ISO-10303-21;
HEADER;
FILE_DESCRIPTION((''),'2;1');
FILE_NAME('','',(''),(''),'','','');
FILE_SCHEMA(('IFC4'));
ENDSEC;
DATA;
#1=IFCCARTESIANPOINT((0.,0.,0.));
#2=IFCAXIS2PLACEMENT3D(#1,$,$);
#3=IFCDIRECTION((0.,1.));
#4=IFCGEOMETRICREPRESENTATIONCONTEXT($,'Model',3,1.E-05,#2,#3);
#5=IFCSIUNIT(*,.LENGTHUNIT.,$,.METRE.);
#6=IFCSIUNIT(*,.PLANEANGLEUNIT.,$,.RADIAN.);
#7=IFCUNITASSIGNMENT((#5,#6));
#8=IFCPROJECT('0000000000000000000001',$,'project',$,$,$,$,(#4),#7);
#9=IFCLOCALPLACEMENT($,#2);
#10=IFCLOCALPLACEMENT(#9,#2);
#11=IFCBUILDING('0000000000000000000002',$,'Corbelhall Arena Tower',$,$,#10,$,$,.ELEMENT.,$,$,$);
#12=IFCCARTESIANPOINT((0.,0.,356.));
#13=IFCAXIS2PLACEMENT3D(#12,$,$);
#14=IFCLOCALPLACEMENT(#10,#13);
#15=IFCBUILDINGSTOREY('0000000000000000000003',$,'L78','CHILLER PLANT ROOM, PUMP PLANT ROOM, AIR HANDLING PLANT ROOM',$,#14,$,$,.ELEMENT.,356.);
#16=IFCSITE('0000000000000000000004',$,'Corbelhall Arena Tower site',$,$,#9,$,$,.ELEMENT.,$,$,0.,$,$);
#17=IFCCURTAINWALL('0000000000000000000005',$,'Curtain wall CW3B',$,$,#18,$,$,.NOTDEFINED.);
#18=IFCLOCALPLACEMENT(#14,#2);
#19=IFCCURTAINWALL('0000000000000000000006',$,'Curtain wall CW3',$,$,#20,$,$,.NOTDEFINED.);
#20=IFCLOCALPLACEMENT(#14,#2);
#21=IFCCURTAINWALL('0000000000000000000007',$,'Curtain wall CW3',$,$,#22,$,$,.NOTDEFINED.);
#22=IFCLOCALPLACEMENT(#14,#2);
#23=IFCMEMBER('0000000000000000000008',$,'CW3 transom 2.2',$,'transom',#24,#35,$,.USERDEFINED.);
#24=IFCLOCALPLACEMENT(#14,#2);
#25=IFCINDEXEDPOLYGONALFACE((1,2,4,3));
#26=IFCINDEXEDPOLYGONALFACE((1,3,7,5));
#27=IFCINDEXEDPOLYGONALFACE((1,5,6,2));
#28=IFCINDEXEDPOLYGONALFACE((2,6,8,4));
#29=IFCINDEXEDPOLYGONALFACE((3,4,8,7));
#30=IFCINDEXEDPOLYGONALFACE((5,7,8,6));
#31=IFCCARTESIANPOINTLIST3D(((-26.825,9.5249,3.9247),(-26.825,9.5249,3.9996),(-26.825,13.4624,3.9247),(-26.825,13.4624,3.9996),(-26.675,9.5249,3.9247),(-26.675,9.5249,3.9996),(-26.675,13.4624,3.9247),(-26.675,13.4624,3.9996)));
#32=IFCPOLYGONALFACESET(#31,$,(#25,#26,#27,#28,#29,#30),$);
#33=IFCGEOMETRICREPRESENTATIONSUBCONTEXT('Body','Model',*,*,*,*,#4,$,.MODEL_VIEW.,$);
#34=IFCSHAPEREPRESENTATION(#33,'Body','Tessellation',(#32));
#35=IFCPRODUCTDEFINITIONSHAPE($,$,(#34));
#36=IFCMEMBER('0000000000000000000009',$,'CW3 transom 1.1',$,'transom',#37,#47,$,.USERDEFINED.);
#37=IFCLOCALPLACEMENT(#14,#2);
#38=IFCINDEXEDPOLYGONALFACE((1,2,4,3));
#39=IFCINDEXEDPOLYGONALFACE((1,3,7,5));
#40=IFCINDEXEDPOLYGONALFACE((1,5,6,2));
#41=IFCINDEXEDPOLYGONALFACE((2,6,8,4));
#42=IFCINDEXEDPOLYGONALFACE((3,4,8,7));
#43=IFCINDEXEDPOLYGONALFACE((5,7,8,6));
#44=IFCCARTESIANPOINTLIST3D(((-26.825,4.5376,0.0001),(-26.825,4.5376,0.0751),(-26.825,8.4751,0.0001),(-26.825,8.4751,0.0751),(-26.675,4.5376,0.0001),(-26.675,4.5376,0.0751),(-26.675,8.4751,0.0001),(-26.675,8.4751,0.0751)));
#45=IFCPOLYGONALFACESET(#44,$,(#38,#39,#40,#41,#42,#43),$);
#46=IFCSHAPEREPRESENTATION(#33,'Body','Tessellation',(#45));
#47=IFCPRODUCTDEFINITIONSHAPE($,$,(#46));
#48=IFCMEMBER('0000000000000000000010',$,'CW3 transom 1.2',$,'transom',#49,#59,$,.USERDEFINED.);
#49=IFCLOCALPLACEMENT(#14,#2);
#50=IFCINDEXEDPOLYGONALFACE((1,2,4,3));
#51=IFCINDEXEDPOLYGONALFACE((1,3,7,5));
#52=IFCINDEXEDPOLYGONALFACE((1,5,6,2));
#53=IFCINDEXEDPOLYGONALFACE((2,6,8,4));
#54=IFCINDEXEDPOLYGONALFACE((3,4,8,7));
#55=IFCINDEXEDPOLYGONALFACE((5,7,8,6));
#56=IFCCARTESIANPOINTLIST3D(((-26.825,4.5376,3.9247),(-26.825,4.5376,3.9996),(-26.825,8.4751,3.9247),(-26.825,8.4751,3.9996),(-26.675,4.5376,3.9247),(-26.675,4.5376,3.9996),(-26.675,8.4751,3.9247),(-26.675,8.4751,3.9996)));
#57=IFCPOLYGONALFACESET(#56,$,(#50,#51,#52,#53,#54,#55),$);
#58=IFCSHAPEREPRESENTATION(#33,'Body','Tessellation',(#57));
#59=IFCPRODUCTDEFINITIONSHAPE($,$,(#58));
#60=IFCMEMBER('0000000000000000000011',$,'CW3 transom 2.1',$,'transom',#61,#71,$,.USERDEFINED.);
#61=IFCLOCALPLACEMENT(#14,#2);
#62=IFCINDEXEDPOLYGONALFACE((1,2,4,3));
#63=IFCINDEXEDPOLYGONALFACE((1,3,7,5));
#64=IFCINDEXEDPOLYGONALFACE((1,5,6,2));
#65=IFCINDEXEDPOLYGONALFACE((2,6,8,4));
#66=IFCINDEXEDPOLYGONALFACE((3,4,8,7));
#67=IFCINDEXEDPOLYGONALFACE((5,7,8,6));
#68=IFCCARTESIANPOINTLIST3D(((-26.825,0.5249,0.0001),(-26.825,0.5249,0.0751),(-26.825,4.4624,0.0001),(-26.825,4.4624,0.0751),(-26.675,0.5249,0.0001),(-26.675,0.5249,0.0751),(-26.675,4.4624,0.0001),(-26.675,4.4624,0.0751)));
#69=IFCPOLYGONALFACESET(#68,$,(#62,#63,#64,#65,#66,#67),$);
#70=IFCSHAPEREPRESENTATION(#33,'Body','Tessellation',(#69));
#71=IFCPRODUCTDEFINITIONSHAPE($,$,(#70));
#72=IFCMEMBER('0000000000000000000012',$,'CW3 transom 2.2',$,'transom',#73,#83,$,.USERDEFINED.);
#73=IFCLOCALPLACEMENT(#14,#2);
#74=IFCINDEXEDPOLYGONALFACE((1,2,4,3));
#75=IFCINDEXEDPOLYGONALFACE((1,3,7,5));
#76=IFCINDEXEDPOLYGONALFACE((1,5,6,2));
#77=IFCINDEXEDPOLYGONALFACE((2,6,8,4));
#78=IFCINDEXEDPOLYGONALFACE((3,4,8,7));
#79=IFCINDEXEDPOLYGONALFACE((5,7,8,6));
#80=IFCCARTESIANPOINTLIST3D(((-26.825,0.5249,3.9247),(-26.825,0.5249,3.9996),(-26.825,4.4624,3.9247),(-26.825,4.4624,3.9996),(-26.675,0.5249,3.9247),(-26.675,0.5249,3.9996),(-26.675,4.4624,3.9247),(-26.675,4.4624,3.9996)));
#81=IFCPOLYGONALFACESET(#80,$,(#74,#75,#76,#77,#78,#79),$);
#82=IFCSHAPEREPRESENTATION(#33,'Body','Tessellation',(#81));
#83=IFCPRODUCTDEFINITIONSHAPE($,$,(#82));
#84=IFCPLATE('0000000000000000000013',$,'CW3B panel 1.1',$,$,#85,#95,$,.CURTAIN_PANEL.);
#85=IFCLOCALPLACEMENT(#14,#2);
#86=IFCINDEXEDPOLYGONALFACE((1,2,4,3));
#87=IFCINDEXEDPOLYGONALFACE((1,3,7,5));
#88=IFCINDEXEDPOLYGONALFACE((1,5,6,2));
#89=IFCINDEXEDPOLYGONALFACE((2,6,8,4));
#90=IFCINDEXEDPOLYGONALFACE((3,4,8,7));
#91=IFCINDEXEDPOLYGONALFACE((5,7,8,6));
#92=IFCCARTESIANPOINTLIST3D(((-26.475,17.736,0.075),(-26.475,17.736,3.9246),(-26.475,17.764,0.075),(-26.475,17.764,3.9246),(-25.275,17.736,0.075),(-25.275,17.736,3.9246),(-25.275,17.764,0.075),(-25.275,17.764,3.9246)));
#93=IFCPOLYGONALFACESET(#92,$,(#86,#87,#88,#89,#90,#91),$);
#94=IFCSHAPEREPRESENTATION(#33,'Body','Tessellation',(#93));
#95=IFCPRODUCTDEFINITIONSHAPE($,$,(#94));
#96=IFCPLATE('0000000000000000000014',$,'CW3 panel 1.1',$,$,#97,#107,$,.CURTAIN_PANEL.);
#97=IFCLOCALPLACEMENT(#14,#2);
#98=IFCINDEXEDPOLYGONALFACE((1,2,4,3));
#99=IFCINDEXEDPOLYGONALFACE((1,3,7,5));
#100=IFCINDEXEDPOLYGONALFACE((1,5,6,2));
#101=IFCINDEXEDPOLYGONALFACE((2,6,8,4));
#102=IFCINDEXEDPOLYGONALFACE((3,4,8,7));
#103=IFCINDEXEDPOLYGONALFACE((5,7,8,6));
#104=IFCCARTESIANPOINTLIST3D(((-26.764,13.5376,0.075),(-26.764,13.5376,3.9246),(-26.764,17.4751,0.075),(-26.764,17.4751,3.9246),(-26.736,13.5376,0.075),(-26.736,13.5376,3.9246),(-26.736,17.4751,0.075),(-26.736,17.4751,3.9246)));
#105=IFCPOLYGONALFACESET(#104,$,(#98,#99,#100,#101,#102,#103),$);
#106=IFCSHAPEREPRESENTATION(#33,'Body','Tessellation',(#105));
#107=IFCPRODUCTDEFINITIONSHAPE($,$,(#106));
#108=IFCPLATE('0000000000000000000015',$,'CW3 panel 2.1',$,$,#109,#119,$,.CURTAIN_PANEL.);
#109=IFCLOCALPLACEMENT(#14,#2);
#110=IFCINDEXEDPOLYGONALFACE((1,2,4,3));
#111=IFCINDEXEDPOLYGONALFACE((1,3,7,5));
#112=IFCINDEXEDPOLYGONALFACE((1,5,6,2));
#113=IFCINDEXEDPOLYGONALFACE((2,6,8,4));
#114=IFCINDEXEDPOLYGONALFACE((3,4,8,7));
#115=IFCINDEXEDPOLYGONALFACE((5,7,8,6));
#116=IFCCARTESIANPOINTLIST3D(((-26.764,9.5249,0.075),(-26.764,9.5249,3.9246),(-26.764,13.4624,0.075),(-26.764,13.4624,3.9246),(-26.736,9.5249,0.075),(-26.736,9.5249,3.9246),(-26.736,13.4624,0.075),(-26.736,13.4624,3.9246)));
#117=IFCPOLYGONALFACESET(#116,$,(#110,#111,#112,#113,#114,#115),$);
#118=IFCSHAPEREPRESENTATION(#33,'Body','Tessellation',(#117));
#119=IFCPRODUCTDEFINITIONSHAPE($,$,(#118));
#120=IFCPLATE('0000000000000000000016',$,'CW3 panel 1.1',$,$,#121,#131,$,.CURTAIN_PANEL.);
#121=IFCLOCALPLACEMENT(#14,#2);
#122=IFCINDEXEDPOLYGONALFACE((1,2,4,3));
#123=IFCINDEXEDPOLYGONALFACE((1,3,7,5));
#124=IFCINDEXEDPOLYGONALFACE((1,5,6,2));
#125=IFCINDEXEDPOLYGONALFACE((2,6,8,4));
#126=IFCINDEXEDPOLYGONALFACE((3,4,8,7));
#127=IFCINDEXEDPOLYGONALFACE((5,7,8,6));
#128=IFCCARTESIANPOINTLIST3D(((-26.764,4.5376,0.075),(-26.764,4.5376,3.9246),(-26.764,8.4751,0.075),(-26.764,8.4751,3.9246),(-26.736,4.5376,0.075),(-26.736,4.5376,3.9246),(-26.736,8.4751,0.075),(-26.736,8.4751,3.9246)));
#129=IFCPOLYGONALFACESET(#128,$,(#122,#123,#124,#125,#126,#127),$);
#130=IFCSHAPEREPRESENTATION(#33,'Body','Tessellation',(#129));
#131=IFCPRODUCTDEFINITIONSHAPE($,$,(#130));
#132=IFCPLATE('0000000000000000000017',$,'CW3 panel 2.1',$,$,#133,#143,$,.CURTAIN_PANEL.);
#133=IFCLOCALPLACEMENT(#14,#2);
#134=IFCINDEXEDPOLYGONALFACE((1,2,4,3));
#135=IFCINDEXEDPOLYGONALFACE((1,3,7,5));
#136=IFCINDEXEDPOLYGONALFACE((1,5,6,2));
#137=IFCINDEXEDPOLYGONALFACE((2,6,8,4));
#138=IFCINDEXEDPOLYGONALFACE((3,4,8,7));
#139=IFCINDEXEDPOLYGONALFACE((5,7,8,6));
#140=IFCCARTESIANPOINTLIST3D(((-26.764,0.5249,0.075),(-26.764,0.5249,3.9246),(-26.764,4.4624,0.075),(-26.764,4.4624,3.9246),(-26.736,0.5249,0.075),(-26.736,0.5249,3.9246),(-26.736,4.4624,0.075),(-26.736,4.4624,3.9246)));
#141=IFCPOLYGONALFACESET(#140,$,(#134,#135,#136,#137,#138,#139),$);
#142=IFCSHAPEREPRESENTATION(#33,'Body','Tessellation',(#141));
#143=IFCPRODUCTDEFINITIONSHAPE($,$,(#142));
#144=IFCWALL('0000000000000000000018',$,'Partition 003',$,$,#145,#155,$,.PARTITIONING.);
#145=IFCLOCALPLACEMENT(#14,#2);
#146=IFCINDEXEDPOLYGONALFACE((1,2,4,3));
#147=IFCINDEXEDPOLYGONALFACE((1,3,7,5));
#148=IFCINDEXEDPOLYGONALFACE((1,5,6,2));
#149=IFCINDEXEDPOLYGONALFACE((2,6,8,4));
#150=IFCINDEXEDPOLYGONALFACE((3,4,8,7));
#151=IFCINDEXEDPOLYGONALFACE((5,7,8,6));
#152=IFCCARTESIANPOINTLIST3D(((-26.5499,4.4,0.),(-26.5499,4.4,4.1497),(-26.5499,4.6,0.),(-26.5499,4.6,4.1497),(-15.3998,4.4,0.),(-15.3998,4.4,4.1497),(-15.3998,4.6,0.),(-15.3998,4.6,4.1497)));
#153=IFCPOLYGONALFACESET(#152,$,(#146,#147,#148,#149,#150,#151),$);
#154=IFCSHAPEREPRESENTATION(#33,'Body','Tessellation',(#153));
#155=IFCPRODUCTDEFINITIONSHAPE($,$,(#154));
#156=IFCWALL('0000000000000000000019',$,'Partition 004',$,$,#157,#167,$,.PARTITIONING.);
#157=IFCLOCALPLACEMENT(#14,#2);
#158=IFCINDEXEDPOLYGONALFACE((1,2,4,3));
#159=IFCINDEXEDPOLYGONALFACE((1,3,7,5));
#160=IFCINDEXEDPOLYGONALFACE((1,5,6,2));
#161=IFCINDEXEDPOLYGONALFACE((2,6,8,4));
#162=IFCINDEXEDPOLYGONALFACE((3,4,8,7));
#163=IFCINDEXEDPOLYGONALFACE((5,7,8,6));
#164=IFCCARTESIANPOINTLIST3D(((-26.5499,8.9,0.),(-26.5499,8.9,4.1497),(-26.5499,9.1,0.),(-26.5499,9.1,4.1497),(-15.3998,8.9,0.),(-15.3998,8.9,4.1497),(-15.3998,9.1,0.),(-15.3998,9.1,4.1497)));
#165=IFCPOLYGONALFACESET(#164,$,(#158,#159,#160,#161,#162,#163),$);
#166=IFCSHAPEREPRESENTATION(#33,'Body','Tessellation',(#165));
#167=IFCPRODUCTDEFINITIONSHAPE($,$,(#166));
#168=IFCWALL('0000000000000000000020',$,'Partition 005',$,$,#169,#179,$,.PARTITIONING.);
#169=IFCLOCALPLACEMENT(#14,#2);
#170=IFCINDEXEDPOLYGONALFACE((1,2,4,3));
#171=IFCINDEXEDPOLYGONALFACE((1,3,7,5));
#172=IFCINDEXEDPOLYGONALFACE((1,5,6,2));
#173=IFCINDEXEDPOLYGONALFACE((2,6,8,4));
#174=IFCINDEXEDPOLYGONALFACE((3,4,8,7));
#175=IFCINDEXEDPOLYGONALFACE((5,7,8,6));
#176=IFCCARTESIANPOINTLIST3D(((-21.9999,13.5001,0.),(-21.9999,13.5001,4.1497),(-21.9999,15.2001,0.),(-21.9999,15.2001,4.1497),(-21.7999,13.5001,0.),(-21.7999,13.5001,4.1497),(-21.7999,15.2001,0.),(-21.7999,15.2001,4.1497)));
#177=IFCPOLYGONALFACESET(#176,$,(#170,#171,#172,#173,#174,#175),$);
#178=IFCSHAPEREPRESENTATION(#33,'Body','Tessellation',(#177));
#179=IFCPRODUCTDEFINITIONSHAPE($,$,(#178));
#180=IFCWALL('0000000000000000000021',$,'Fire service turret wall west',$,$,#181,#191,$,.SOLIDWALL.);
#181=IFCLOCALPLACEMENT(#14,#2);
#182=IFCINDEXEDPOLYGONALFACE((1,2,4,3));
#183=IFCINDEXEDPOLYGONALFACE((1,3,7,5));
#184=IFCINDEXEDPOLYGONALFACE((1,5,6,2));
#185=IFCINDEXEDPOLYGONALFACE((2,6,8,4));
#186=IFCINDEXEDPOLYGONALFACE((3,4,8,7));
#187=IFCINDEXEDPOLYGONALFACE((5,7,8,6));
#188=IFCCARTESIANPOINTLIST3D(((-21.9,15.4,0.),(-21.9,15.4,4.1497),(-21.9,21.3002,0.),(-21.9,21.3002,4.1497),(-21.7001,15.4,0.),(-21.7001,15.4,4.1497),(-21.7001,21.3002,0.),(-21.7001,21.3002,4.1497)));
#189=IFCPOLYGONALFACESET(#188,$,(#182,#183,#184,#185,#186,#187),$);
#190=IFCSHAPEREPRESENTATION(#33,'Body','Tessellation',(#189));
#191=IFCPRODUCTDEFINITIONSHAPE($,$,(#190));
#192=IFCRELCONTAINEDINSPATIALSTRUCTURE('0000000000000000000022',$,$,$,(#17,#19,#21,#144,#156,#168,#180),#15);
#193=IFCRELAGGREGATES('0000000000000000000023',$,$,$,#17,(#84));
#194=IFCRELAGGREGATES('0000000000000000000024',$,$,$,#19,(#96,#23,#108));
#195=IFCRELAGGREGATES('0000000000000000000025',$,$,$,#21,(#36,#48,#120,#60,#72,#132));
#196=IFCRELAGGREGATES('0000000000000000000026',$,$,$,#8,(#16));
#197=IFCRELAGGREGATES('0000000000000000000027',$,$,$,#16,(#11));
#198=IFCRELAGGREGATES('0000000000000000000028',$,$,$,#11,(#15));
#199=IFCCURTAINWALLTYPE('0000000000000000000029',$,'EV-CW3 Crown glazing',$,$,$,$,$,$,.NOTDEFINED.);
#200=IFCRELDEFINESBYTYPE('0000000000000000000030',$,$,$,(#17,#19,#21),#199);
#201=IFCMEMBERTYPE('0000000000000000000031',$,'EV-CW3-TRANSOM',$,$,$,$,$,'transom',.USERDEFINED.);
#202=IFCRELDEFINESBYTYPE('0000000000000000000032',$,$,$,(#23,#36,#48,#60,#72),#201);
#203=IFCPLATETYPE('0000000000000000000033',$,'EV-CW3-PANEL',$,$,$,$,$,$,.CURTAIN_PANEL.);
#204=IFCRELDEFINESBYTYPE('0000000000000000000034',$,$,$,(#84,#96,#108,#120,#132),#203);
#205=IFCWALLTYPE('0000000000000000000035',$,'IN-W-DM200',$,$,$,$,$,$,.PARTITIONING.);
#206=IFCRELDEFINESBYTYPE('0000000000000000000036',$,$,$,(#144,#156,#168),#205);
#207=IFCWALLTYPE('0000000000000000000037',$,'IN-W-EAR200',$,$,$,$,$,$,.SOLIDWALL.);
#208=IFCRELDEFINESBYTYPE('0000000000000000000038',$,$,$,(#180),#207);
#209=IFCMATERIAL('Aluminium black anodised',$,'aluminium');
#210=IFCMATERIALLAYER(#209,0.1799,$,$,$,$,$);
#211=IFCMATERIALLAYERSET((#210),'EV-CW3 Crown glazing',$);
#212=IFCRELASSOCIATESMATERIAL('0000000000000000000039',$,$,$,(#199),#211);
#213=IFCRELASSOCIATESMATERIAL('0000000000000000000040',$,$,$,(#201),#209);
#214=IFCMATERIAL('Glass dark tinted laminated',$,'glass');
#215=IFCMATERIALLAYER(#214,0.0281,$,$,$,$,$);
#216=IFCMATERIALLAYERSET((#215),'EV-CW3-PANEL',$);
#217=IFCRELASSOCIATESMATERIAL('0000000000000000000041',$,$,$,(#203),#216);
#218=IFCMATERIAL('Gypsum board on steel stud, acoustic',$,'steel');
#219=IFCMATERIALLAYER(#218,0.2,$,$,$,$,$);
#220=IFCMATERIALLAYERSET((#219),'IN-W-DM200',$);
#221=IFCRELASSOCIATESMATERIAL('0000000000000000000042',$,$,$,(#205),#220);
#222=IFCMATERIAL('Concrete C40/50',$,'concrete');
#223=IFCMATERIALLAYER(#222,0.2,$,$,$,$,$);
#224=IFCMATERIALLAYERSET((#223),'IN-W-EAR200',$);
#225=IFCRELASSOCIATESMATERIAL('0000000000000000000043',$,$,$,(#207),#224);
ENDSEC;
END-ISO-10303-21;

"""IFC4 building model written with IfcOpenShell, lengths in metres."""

from ifc_helpers import new_model, si_unit, direction, frame, frame_2d, origin, origin_2d, place, context, subcontext, project, spatial, rectangle, extrude, material, layer, layer_set, material_profile, profile_set, type_object, element, aggregate, save


model = new_model("IFC4")

# Units and contexts
model_context = context("Model", 3, precision=1e-05, world=origin(), true_north=direction((0.0, 1.0)))
body_context = subcontext(model_context, "Body", "Model", "MODEL_VIEW")
ifc_project = project(units=[si_unit("LENGTHUNIT", "METRE"), si_unit("PLANEANGLEUNIT", "RADIAN")], contexts=[model_context])

# Site, building, storey
site_placement = place(None, origin())
site = spatial("IfcSite", under=ifc_project, at=site_placement, Name="Corbelhall Arena Tower site", CompositionType="ELEMENT", RefElevation=0.0)
building_placement = place(site_placement, origin())
building = spatial("IfcBuilding", under=site, at=building_placement, Name="Corbelhall Arena Tower", CompositionType="ELEMENT")
storey_placement = place(building_placement, frame((0.0, 0.0, 356.0)))
storey = spatial("IfcBuildingStorey", under=building, at=storey_placement, Name="L78", Description="CHILLER PLANT ROOM, PUMP PLANT ROOM, AIR HANDLING PLANT ROOM", CompositionType="ELEMENT", Elevation=356.0)

# Curtain wall
ifc_material_1 = material(Name="Aluminium black anodised", Category="aluminium")
ifc_layer_1 = layer(ifc_material_1, 0.1799)
ifc_layer_set_1 = layer_set([ifc_layer_1], Name="EV-CW3 Crown glazing")
curtain_wall_type = type_object("IfcCurtainWallType", Name="EV-CW3 Crown glazing", PredefinedType="NOTDEFINED", material=ifc_layer_set_1)
curtain_wall_1_placement = place(storey_placement, origin())
curtain_wall_1 = element("IfcCurtainWall", 1, at=curtain_wall_1_placement, inside=storey, type_object=curtain_wall_type, Name="Curtain wall CW3B", PredefinedType="NOTDEFINED")

# Curtain walls
curtain_wall_2_placement = place(storey_placement, origin())
curtain_wall_2 = element("IfcCurtainWall", 2, at=curtain_wall_2_placement, inside=storey, type_object=curtain_wall_type, Name="Curtain wall CW3", PredefinedType="NOTDEFINED")
curtain_wall_3_placement = place(storey_placement, origin())
curtain_wall_3 = element("IfcCurtainWall", 3, at=curtain_wall_3_placement, inside=storey, type_object=curtain_wall_type, Name="Curtain wall CW3", PredefinedType="NOTDEFINED")

# Members
ifc_material_profile_1 = material_profile(ifc_material_1, rectangle(XDim=0.1499, YDim=0.075, at=origin_2d()))
ifc_profile_set_1 = profile_set([ifc_material_profile_1], Name="Aluminium black anodised")
member_type_1 = type_object("IfcMemberType", Name="EV-CW3-TRANSOM", ElementType="transom", PredefinedType="USERDEFINED", material=ifc_profile_set_1)
member_1_placement = place(storey_placement, frame((-26.75, 13.4624, 3.9622), z_axis=(0.0, -1.0, 0.0), x_axis=(1.0, 0.0, 0.0)))
member_1 = element("IfcMember", 4, at=member_1_placement, type_object=member_type_1, Name="CW3 transom 2.2", ObjectType="transom", PredefinedType="USERDEFINED", context=body_context, shape_type="SweptSolid", body=[
    extrude(rectangle(XDim=0.1499, YDim=0.075, at=origin_2d()), origin(), (0.0, 0.0, 1.0), 3.9375),
])
member_2_placement = place(storey_placement, frame((-26.75, 8.4751, 0.0376), z_axis=(0.0, -1.0, 0.0), x_axis=(1.0, 0.0, 0.0)))
member_2 = element("IfcMember", 5, at=member_2_placement, type_object=member_type_1, Name="CW3 transom 1.1", ObjectType="transom", PredefinedType="USERDEFINED", context=body_context, shape_type="SweptSolid", body=[
    extrude(rectangle(XDim=0.1499, YDim=0.075, at=origin_2d()), origin(), (0.0, 0.0, 1.0), 3.9375),
])
member_3_placement = place(storey_placement, frame((-26.75, 8.4751, 3.9622), z_axis=(0.0, -1.0, 0.0), x_axis=(1.0, 0.0, 0.0)))
member_3 = element("IfcMember", 6, at=member_3_placement, type_object=member_type_1, Name="CW3 transom 1.2", ObjectType="transom", PredefinedType="USERDEFINED", context=body_context, shape_type="SweptSolid", body=[
    extrude(rectangle(XDim=0.1499, YDim=0.075, at=origin_2d()), origin(), (0.0, 0.0, 1.0), 3.9375),
])
member_4_placement = place(storey_placement, frame((-26.75, 4.4624, 0.0376), z_axis=(0.0, -1.0, 0.0), x_axis=(1.0, 0.0, 0.0)))
member_4 = element("IfcMember", 7, at=member_4_placement, type_object=member_type_1, Name="CW3 transom 2.1", ObjectType="transom", PredefinedType="USERDEFINED", context=body_context, shape_type="SweptSolid", body=[
    extrude(rectangle(XDim=0.1499, YDim=0.075, at=origin_2d()), origin(), (0.0, 0.0, 1.0), 3.9375),
])
member_5_placement = place(storey_placement, frame((-26.75, 4.4624, 3.9622), z_axis=(0.0, -1.0, 0.0), x_axis=(1.0, 0.0, 0.0)))
member_5 = element("IfcMember", 8, at=member_5_placement, type_object=member_type_1, Name="CW3 transom 2.2", ObjectType="transom", PredefinedType="USERDEFINED", context=body_context, shape_type="SweptSolid", body=[
    extrude(rectangle(XDim=0.1499, YDim=0.075, at=origin_2d()), origin(), (0.0, 0.0, 1.0), 3.9375),
])

# Plates
ifc_material_2 = material(Name="Glass dark tinted laminated", Category="glass")
ifc_layer_2 = layer(ifc_material_2, 0.0281)
ifc_layer_set_2 = layer_set([ifc_layer_2], Name="EV-CW3-PANEL")
plate_type = type_object("IfcPlateType", Name="EV-CW3-PANEL", PredefinedType="CURTAIN_PANEL", material=ifc_layer_set_2)
plate_1_placement = place(storey_placement, frame((-25.875, 17.75, 0.075), z_axis=(0.0, 0.0, 1.0), x_axis=(-1.0, 0.0, 0.0)))
plate_1 = element("IfcPlate", 9, at=plate_1_placement, type_object=plate_type, Name="CW3B panel 1.1", PredefinedType="CURTAIN_PANEL", context=body_context, shape_type="SweptSolid", body=[
    extrude(rectangle(XDim=1.2, YDim=0.0281, at=origin_2d()), origin(), (0.0, 0.0, 1.0), 3.8496),
])
aggregate(curtain_wall_1, [plate_1])
plate_2_placement = place(storey_placement, frame((-26.75, 15.5063, 0.075), z_axis=(0.0, 0.0, 1.0), x_axis=(0.0, -1.0, 0.0)))
plate_2 = element("IfcPlate", 10, at=plate_2_placement, type_object=plate_type, Name="CW3 panel 1.1", PredefinedType="CURTAIN_PANEL", context=body_context, shape_type="SweptSolid", body=[
    extrude(rectangle(XDim=3.9375, YDim=0.0281, at=origin_2d()), origin(), (0.0, 0.0, 1.0), 3.8496),
])
plate_3_placement = place(storey_placement, frame((-26.75, 11.4937, 0.075), z_axis=(0.0, 0.0, 1.0), x_axis=(0.0, -1.0, 0.0)))
plate_3 = element("IfcPlate", 11, at=plate_3_placement, type_object=plate_type, Name="CW3 panel 2.1", PredefinedType="CURTAIN_PANEL", context=body_context, shape_type="SweptSolid", body=[
    extrude(rectangle(XDim=3.9375, YDim=0.0281, at=origin_2d()), origin(), (0.0, 0.0, 1.0), 3.8496),
])
aggregate(curtain_wall_2, [plate_2, member_1, plate_3])
plate_4_placement = place(storey_placement, frame((-26.75, 6.5063, 0.075), z_axis=(0.0, 0.0, 1.0), x_axis=(0.0, -1.0, 0.0)))
plate_4 = element("IfcPlate", 12, at=plate_4_placement, type_object=plate_type, Name="CW3 panel 1.1", PredefinedType="CURTAIN_PANEL", context=body_context, shape_type="SweptSolid", body=[
    extrude(rectangle(XDim=3.9375, YDim=0.0281, at=origin_2d()), origin(), (0.0, 0.0, 1.0), 3.8496),
])
plate_5_placement = place(storey_placement, frame((-26.75, 2.4937, 0.075), z_axis=(0.0, 0.0, 1.0), x_axis=(0.0, -1.0, 0.0)))
plate_5 = element("IfcPlate", 13, at=plate_5_placement, type_object=plate_type, Name="CW3 panel 2.1", PredefinedType="CURTAIN_PANEL", context=body_context, shape_type="SweptSolid", body=[
    extrude(rectangle(XDim=3.9375, YDim=0.0281, at=origin_2d()), origin(), (0.0, 0.0, 1.0), 3.8496),
])
aggregate(curtain_wall_3, [member_2, member_3, plate_4, member_4, member_5, plate_5])

# Walls
ifc_material_3 = material(Name="Gypsum board on steel stud, acoustic", Category="steel")
ifc_layer_3 = layer(ifc_material_3, 0.2)
ifc_layer_set_3 = layer_set([ifc_layer_3], Name="IN-W-DM200")
wall_type_1 = type_object("IfcWallType", Name="IN-W-DM200", PredefinedType="PARTITIONING", material=ifc_layer_set_3)
for number, where, z_axis, x_axis, name in (
    (14, (-26.55, 4.5, 0.0), (0.0, 0.0, 1.0), (1.0, 0.0, 0.0), "Partition 003"),
    (15, (-26.55, 9.0, 0.0), (0.0, 0.0, 1.0), (1.0, 0.0, 0.0), "Partition 004"),
):
    element("IfcWall", number, at=place(storey_placement, frame(where, z_axis=z_axis, x_axis=x_axis)), inside=storey, type_object=wall_type_1, Name=name, PredefinedType="PARTITIONING", context=body_context, shape_type="SweptSolid", body=[
        extrude(rectangle(XDim=11.1501, YDim=0.2, at=frame_2d((5.5752, 0.0))), origin(), (0.0, 0.0, 1.0), 4.1497),
    ])
wall_1_placement = place(storey_placement, frame((-21.8999, 13.5, 0.0), z_axis=(0.0, 0.0, 1.0), x_axis=(0.0, 1.0, 0.0)))
element("IfcWall", 16, at=wall_1_placement, inside=storey, type_object=wall_type_1, Name="Partition 005", PredefinedType="PARTITIONING", context=body_context, shape_type="SweptSolid", body=[
    extrude(rectangle(XDim=1.7, YDim=0.2, at=frame_2d((0.8501, 0.0))), origin(), (0.0, 0.0, 1.0), 4.1497),
])

# Shared definitions
ifc_material_4 = material(Name="Concrete C40/50", Category="concrete")
ifc_layer_4 = layer(ifc_material_4, 0.2)
ifc_layer_set_4 = layer_set([ifc_layer_4], Name="IN-W-EAR200")
wall_type_2 = type_object("IfcWallType", Name="IN-W-EAR200", PredefinedType="SOLIDWALL", material=ifc_layer_set_4)

# Wall
wall_2_placement = place(storey_placement, frame((-21.8, 15.3999, 0.0), z_axis=(0.0, 0.0, 1.0), x_axis=(0.0, 1.0, 0.0)))
element("IfcWall", 17, at=wall_2_placement, inside=storey, type_object=wall_type_2, Name="Fire service turret wall west", PredefinedType="SOLIDWALL", context=body_context, shape_type="SweptSolid", body=[
    extrude(rectangle(XDim=5.9001, YDim=0.2, at=frame_2d((2.9502, 0.0))), origin(), (0.0, 0.0, 1.0), 4.1497),
])

save(model, "model.ifc")
